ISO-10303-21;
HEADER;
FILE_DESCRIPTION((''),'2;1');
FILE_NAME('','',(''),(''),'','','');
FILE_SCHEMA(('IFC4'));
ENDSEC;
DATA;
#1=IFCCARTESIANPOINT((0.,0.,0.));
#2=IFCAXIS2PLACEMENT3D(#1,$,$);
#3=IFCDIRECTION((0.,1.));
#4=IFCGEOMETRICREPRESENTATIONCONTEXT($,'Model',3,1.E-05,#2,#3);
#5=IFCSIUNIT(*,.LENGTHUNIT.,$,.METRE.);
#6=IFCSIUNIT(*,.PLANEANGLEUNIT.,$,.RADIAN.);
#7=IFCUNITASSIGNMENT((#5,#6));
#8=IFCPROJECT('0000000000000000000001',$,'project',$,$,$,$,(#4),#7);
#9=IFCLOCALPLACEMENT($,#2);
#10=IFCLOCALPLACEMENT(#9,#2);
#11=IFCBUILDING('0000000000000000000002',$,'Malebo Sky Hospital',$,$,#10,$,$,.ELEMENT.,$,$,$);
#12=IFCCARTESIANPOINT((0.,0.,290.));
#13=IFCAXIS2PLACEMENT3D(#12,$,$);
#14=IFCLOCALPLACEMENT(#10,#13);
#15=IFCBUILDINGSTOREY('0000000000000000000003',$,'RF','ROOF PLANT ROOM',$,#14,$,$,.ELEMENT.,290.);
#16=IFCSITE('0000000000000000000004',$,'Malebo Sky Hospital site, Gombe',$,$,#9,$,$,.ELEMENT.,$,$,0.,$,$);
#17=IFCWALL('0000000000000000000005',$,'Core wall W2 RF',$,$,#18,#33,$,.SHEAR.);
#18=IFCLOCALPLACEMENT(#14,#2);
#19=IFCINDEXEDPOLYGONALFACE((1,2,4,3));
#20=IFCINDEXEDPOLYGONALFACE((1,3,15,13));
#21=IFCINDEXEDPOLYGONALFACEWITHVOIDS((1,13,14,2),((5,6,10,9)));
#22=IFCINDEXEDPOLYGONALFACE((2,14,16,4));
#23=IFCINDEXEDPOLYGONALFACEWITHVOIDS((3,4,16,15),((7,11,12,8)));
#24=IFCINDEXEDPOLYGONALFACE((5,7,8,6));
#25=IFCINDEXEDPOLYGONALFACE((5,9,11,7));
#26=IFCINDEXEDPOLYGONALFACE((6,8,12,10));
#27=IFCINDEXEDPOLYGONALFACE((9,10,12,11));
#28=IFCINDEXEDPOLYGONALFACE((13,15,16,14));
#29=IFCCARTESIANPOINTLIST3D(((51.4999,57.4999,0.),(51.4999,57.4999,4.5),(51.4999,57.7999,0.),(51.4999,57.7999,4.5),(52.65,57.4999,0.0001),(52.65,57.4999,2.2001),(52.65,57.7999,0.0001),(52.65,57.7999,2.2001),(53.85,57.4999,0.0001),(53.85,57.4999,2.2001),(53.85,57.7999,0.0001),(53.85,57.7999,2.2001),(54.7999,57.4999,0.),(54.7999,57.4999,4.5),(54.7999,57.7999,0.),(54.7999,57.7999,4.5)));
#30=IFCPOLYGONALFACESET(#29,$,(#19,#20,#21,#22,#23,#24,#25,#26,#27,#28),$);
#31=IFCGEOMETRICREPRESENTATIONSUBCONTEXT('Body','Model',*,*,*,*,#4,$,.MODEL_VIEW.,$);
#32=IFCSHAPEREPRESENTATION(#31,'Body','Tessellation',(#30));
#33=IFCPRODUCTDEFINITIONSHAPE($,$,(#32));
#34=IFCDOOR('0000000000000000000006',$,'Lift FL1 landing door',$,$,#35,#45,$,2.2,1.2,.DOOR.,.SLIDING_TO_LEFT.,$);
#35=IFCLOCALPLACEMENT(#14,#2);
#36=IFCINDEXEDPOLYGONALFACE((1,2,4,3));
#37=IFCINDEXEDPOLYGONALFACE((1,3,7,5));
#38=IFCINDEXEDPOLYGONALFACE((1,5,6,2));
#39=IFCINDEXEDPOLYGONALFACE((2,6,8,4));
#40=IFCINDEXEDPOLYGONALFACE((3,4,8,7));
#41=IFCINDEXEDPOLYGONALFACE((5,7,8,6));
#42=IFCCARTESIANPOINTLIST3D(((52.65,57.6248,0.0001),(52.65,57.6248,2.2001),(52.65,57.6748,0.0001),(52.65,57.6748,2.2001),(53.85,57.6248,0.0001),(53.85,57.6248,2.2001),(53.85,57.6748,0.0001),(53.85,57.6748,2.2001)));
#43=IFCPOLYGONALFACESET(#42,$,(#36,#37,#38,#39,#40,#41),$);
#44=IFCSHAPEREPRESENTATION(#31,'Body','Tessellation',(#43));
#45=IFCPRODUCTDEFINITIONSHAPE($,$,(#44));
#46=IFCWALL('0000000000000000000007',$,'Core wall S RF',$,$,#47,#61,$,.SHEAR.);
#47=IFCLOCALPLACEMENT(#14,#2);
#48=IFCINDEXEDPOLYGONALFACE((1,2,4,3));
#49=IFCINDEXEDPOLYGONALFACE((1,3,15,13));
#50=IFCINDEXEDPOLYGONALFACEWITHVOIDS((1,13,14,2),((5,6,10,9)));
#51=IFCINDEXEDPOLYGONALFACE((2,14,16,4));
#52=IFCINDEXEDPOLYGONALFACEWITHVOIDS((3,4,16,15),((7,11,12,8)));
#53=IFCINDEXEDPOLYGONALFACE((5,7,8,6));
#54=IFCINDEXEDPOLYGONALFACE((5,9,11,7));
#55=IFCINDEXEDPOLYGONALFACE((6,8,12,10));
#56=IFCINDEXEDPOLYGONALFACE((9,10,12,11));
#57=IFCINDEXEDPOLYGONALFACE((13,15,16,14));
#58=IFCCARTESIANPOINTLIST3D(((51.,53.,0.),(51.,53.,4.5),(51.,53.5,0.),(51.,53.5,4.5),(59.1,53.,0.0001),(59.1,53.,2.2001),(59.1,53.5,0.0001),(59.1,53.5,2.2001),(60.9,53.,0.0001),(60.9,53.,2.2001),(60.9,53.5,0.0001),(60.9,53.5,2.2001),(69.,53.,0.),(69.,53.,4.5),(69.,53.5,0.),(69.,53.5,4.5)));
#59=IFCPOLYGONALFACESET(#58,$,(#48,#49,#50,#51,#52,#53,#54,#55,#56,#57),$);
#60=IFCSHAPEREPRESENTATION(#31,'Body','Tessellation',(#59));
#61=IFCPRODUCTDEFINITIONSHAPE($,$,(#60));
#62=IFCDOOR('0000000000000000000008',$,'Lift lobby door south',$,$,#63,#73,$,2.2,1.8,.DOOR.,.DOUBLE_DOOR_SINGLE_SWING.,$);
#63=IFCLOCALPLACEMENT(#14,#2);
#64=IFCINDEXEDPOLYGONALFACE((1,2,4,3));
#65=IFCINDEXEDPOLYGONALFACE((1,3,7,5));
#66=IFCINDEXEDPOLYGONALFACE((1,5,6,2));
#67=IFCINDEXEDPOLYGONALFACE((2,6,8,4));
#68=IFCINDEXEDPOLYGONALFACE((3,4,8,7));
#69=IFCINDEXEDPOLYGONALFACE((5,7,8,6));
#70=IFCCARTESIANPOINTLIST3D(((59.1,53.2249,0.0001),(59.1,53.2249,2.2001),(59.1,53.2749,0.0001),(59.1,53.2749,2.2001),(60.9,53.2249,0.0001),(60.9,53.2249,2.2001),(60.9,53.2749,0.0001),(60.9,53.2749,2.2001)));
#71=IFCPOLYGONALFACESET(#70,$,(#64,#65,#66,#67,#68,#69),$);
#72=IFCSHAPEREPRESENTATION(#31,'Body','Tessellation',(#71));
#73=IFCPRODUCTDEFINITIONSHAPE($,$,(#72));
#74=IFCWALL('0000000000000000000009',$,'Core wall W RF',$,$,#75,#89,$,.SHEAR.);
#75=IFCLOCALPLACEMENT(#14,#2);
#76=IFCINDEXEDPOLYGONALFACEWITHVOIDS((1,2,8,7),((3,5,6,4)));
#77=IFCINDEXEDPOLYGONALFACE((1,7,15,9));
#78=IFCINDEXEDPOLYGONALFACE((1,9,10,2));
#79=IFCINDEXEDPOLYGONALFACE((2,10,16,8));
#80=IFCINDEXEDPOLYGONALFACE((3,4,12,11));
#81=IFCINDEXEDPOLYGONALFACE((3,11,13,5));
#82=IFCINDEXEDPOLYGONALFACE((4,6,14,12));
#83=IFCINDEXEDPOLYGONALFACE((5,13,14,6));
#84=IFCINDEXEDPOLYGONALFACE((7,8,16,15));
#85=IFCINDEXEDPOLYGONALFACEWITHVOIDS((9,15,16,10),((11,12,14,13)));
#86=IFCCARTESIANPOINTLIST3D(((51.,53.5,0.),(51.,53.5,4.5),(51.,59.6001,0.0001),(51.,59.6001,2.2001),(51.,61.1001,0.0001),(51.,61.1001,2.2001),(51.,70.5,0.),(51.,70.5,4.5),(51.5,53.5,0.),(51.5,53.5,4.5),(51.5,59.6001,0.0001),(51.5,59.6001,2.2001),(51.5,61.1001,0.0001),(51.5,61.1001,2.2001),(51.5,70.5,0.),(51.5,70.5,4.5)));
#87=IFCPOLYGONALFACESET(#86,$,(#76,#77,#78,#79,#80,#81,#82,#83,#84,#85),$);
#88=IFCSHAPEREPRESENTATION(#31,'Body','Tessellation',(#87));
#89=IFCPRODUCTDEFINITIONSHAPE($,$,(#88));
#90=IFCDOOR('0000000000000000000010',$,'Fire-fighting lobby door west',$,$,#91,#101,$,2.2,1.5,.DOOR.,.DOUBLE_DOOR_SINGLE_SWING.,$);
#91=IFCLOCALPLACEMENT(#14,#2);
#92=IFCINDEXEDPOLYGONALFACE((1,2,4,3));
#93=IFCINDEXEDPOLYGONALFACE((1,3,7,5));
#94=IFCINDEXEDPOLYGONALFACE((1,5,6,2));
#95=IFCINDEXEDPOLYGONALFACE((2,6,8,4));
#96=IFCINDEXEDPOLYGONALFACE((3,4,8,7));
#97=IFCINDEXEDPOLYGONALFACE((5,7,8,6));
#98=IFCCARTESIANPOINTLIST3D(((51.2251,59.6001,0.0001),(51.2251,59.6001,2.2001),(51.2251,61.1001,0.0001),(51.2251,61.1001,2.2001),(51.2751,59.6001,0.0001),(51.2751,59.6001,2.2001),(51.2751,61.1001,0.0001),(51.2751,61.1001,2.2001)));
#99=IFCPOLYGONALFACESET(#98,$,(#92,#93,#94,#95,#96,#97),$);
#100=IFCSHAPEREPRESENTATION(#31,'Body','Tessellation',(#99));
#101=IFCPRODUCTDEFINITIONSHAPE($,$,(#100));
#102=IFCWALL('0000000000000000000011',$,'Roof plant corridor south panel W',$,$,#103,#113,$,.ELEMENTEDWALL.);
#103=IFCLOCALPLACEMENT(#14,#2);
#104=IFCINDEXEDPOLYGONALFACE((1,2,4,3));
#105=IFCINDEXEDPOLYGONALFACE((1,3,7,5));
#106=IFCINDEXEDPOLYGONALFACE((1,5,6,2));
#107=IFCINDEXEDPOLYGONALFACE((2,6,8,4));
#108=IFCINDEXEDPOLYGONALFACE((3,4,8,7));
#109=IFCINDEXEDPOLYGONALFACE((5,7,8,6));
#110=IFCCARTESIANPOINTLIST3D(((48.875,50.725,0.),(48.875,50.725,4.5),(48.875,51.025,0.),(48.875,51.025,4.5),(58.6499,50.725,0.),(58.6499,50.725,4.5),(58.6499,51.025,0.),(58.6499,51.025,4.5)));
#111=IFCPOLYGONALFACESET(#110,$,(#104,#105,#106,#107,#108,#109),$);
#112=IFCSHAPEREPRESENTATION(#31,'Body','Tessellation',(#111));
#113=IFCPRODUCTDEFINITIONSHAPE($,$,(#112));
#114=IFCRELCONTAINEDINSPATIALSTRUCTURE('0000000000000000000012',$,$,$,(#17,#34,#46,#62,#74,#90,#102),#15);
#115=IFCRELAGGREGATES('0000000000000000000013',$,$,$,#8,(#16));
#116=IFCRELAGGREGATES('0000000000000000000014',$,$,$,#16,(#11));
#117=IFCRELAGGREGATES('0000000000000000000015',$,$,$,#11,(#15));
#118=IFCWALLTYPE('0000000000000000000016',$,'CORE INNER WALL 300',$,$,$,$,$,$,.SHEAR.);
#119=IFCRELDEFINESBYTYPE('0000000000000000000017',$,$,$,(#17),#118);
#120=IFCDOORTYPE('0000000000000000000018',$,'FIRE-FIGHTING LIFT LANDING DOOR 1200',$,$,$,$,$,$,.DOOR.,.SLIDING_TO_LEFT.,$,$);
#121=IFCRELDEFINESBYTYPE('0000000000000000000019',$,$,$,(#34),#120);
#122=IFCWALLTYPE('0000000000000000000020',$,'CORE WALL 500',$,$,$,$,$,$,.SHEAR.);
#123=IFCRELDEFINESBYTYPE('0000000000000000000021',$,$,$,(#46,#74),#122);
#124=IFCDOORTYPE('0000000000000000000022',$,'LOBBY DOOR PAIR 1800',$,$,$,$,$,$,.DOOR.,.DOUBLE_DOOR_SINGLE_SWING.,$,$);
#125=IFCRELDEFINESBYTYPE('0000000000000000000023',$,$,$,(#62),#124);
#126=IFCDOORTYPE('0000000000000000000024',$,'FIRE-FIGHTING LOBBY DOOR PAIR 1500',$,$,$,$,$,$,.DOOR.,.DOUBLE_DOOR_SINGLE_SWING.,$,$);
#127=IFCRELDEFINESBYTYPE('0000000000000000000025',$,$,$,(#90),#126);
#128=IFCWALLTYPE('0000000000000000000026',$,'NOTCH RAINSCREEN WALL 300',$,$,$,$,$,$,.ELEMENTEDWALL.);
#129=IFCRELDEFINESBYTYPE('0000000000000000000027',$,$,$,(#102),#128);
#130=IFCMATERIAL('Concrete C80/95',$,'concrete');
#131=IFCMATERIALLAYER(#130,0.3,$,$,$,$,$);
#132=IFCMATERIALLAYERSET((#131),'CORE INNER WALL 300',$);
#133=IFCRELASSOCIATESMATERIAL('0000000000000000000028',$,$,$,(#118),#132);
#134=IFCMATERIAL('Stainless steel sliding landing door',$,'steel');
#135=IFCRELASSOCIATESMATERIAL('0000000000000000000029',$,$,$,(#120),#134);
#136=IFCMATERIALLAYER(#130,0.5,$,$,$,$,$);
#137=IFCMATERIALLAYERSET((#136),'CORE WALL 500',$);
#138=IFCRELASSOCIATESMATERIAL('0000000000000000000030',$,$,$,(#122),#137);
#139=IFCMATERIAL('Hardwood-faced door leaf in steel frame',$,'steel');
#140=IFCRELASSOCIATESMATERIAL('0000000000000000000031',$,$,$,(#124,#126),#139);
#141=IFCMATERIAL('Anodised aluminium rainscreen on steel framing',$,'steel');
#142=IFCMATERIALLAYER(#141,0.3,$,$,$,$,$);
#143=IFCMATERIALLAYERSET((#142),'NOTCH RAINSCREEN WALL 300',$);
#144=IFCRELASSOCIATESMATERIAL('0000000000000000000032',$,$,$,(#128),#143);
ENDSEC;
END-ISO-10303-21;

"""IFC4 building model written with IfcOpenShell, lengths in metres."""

from ifc_helpers import new_model, si_unit, direction, frame, frame_2d, origin, place, context, subcontext, project, spatial, rectangle, extrude, material, layer, layer_set, type_object, element, fill, save


model = new_model("IFC4")

# Units and contexts
model_context = context("Model", 3, precision=1e-05, world=origin(), true_north=direction((0.0, 1.0)))
body_context = subcontext(model_context, "Body", "Model", "MODEL_VIEW")
ifc_project = project(units=[si_unit("LENGTHUNIT", "METRE"), si_unit("PLANEANGLEUNIT", "RADIAN")], contexts=[model_context])

# Site, building, storey
site_placement = place(None, origin())
site = spatial("IfcSite", under=ifc_project, at=site_placement, Name="Malebo Sky Hospital site, Gombe", CompositionType="ELEMENT", RefElevation=0.0)
building_placement = place(site_placement, origin())
building = spatial("IfcBuilding", under=site, at=building_placement, Name="Malebo Sky Hospital", CompositionType="ELEMENT")
storey_placement = place(building_placement, frame((0.0, 0.0, 290.0)))
storey = spatial("IfcBuildingStorey", under=building, at=storey_placement, Name="RF", Description="ROOF PLANT ROOM", CompositionType="ELEMENT", Elevation=290.0)

# Shared definitions
ifc_material_1 = material(Name="Concrete C80/95", Category="concrete")
ifc_layer_1 = layer(ifc_material_1, 0.3)
ifc_layer_set_1 = layer_set([ifc_layer_1], Name="CORE INNER WALL 300")
wall_type_1 = type_object("IfcWallType", Name="CORE INNER WALL 300", PredefinedType="SHEAR", material=ifc_layer_set_1)

# Walls, openings, doors
wall_1_placement = place(storey_placement, frame((51.5, 57.6499, 0.0), z_axis=(0.0, 0.0, 1.0), x_axis=(1.0, 0.0, 0.0)))
wall_1 = element("IfcWall", 1, at=wall_1_placement, inside=storey, type_object=wall_type_1, Name="Core wall W2 RF", PredefinedType="SHEAR", context=body_context, shape_type="SweptSolid", body=[
    extrude(rectangle(XDim=3.3, YDim=0.3, at=frame_2d((1.6499, 0.0))), origin(), (0.0, 0.0, 1.0), 4.5),
])
opening_1_placement = place(wall_1_placement, frame((1.1499, 0.0, 0.0)))
opening_1 = element("IfcOpeningElement", 2, at=opening_1_placement, cuts=wall_1, PredefinedType="OPENING", context=body_context, shape_type="SweptSolid", body=[
    extrude(rectangle(XDim=1.2, YDim=2.2, at=frame_2d((0.6001, 1.1001))), frame((0.0, 0.1599, 0.0), z_axis=(0.0, -1.0, 0.0), x_axis=(1.0, 0.0, 0.0)), (0.0, 0.0, 1.0), 0.3201),
])
ifc_material_2 = material(Name="Stainless steel sliding landing door", Category="steel")
door_type_1 = type_object("IfcDoorType", Name="FIRE-FIGHTING LIFT LANDING DOOR 1200", OperationType="SLIDING_TO_LEFT", PredefinedType="DOOR", material=ifc_material_2)
door_1_placement = place(opening_1_placement, origin())
door_1 = element("IfcDoor", 3, at=door_1_placement, inside=storey, type_object=door_type_1, Name="Lift FL1 landing door", OperationType="SLIDING_TO_LEFT", OverallHeight=2.2, OverallWidth=1.2, PredefinedType="DOOR", context=body_context, shape_type="SweptSolid", body=[
    extrude(rectangle(XDim=1.2, YDim=2.2, at=frame_2d((0.6001, 1.1001))), frame((0.0, 0.0249, 0.0), z_axis=(0.0, -1.0, 0.0), x_axis=(1.0, 0.0, 0.0)), (0.0, 0.0, 1.0), 0.05),
])
fill(opening_1, door_1)
ifc_layer_2 = layer(ifc_material_1, 0.5)
ifc_layer_set_2 = layer_set([ifc_layer_2], Name="CORE WALL 500")
wall_type_2 = type_object("IfcWallType", Name="CORE WALL 500", PredefinedType="SHEAR", material=ifc_layer_set_2)
wall_2_placement = place(storey_placement, frame((51.0, 53.25, 0.0), z_axis=(0.0, 0.0, 1.0), x_axis=(1.0, 0.0, 0.0)))
wall_2 = element("IfcWall", 4, at=wall_2_placement, inside=storey, type_object=wall_type_2, Name="Core wall S RF", PredefinedType="SHEAR", context=body_context, shape_type="SweptSolid", body=[
    extrude(rectangle(XDim=18.0, YDim=0.5, at=frame_2d((9.0, 0.0))), origin(), (0.0, 0.0, 1.0), 4.5),
])
opening_2_placement = place(wall_2_placement, frame((8.1001, 0.0, 0.0)))
opening_2 = element("IfcOpeningElement", 5, at=opening_2_placement, cuts=wall_2, PredefinedType="OPENING", context=body_context, shape_type="SweptSolid", body=[
    extrude(rectangle(XDim=1.8, YDim=2.2, at=frame_2d((0.8999, 1.1001))), frame((0.0, 0.26, 0.0), z_axis=(0.0, -1.0, 0.0), x_axis=(1.0, 0.0, 0.0)), (0.0, 0.0, 1.0), 0.52),
])
ifc_material_3 = material(Name="Hardwood-faced door leaf in steel frame", Category="steel")
door_type_2 = type_object("IfcDoorType", Name="LOBBY DOOR PAIR 1800", OperationType="DOUBLE_DOOR_SINGLE_SWING", PredefinedType="DOOR", material=ifc_material_3)
door_2_placement = place(opening_2_placement, origin())
door_2 = element("IfcDoor", 6, at=door_2_placement, inside=storey, type_object=door_type_2, Name="Lift lobby door south", OperationType="DOUBLE_DOOR_SINGLE_SWING", OverallHeight=2.2, OverallWidth=1.8, PredefinedType="DOOR", context=body_context, shape_type="SweptSolid", body=[
    extrude(rectangle(XDim=1.8, YDim=2.2, at=frame_2d((0.8999, 1.1001))), frame((0.0, 0.0249, 0.0), z_axis=(0.0, -1.0, 0.0), x_axis=(1.0, 0.0, 0.0)), (0.0, 0.0, 1.0), 0.05),
])
fill(opening_2, door_2)
wall_3_placement = place(storey_placement, frame((51.25, 53.5, 0.0), z_axis=(0.0, 0.0, 1.0), x_axis=(0.0, 1.0, 0.0)))
wall_3 = element("IfcWall", 7, at=wall_3_placement, inside=storey, type_object=wall_type_2, Name="Core wall W RF", PredefinedType="SHEAR", context=body_context, shape_type="SweptSolid", body=[
    extrude(rectangle(XDim=17.0, YDim=0.5, at=frame_2d((8.5, 0.0))), origin(), (0.0, 0.0, 1.0), 4.5),
])
opening_3_placement = place(wall_3_placement, frame((6.1001, 0.0, 0.0)))
opening_3 = element("IfcOpeningElement", 8, at=opening_3_placement, cuts=wall_3, PredefinedType="OPENING", context=body_context, shape_type="SweptSolid", body=[
    extrude(rectangle(XDim=1.5, YDim=2.2, at=frame_2d((0.75, 1.1001))), frame((0.0, 0.26, 0.0), z_axis=(0.0, -1.0, 0.0), x_axis=(1.0, 0.0, 0.0)), (0.0, 0.0, 1.0), 0.52),
])
door_type_3 = type_object("IfcDoorType", Name="FIRE-FIGHTING LOBBY DOOR PAIR 1500", OperationType="DOUBLE_DOOR_SINGLE_SWING", PredefinedType="DOOR", material=ifc_material_3)
door_3_placement = place(opening_3_placement, origin())
door_3 = element("IfcDoor", 9, at=door_3_placement, inside=storey, type_object=door_type_3, Name="Fire-fighting lobby door west", OperationType="DOUBLE_DOOR_SINGLE_SWING", OverallHeight=2.2, OverallWidth=1.5, PredefinedType="DOOR", context=body_context, shape_type="SweptSolid", body=[
    extrude(rectangle(XDim=1.5, YDim=2.2, at=frame_2d((0.75, 1.1001))), frame((0.0, 0.0249, 0.0), z_axis=(0.0, -1.0, 0.0), x_axis=(1.0, 0.0, 0.0)), (0.0, 0.0, 1.0), 0.05),
])
fill(opening_3, door_3)

# Wall
ifc_material_4 = material(Name="Anodised aluminium rainscreen on steel framing", Category="steel")
ifc_layer_3 = layer(ifc_material_4, 0.3)
ifc_layer_set_3 = layer_set([ifc_layer_3], Name="NOTCH RAINSCREEN WALL 300")
wall_type_3 = type_object("IfcWallType", Name="NOTCH RAINSCREEN WALL 300", PredefinedType="ELEMENTEDWALL", material=ifc_layer_set_3)
wall_4_placement = place(storey_placement, frame((48.875, 50.875, 0.0), z_axis=(0.0, 0.0, 1.0), x_axis=(1.0, 0.0, 0.0)))
element("IfcWall", 10, at=wall_4_placement, inside=storey, type_object=wall_type_3, Name="Roof plant corridor south panel W", PredefinedType="ELEMENTEDWALL", context=body_context, shape_type="SweptSolid", body=[
    extrude(rectangle(XDim=9.7749, YDim=0.3, at=frame_2d((4.8875, 0.0))), origin(), (0.0, 0.0, 1.0), 4.5),
])

save(model, "model.ifc")
